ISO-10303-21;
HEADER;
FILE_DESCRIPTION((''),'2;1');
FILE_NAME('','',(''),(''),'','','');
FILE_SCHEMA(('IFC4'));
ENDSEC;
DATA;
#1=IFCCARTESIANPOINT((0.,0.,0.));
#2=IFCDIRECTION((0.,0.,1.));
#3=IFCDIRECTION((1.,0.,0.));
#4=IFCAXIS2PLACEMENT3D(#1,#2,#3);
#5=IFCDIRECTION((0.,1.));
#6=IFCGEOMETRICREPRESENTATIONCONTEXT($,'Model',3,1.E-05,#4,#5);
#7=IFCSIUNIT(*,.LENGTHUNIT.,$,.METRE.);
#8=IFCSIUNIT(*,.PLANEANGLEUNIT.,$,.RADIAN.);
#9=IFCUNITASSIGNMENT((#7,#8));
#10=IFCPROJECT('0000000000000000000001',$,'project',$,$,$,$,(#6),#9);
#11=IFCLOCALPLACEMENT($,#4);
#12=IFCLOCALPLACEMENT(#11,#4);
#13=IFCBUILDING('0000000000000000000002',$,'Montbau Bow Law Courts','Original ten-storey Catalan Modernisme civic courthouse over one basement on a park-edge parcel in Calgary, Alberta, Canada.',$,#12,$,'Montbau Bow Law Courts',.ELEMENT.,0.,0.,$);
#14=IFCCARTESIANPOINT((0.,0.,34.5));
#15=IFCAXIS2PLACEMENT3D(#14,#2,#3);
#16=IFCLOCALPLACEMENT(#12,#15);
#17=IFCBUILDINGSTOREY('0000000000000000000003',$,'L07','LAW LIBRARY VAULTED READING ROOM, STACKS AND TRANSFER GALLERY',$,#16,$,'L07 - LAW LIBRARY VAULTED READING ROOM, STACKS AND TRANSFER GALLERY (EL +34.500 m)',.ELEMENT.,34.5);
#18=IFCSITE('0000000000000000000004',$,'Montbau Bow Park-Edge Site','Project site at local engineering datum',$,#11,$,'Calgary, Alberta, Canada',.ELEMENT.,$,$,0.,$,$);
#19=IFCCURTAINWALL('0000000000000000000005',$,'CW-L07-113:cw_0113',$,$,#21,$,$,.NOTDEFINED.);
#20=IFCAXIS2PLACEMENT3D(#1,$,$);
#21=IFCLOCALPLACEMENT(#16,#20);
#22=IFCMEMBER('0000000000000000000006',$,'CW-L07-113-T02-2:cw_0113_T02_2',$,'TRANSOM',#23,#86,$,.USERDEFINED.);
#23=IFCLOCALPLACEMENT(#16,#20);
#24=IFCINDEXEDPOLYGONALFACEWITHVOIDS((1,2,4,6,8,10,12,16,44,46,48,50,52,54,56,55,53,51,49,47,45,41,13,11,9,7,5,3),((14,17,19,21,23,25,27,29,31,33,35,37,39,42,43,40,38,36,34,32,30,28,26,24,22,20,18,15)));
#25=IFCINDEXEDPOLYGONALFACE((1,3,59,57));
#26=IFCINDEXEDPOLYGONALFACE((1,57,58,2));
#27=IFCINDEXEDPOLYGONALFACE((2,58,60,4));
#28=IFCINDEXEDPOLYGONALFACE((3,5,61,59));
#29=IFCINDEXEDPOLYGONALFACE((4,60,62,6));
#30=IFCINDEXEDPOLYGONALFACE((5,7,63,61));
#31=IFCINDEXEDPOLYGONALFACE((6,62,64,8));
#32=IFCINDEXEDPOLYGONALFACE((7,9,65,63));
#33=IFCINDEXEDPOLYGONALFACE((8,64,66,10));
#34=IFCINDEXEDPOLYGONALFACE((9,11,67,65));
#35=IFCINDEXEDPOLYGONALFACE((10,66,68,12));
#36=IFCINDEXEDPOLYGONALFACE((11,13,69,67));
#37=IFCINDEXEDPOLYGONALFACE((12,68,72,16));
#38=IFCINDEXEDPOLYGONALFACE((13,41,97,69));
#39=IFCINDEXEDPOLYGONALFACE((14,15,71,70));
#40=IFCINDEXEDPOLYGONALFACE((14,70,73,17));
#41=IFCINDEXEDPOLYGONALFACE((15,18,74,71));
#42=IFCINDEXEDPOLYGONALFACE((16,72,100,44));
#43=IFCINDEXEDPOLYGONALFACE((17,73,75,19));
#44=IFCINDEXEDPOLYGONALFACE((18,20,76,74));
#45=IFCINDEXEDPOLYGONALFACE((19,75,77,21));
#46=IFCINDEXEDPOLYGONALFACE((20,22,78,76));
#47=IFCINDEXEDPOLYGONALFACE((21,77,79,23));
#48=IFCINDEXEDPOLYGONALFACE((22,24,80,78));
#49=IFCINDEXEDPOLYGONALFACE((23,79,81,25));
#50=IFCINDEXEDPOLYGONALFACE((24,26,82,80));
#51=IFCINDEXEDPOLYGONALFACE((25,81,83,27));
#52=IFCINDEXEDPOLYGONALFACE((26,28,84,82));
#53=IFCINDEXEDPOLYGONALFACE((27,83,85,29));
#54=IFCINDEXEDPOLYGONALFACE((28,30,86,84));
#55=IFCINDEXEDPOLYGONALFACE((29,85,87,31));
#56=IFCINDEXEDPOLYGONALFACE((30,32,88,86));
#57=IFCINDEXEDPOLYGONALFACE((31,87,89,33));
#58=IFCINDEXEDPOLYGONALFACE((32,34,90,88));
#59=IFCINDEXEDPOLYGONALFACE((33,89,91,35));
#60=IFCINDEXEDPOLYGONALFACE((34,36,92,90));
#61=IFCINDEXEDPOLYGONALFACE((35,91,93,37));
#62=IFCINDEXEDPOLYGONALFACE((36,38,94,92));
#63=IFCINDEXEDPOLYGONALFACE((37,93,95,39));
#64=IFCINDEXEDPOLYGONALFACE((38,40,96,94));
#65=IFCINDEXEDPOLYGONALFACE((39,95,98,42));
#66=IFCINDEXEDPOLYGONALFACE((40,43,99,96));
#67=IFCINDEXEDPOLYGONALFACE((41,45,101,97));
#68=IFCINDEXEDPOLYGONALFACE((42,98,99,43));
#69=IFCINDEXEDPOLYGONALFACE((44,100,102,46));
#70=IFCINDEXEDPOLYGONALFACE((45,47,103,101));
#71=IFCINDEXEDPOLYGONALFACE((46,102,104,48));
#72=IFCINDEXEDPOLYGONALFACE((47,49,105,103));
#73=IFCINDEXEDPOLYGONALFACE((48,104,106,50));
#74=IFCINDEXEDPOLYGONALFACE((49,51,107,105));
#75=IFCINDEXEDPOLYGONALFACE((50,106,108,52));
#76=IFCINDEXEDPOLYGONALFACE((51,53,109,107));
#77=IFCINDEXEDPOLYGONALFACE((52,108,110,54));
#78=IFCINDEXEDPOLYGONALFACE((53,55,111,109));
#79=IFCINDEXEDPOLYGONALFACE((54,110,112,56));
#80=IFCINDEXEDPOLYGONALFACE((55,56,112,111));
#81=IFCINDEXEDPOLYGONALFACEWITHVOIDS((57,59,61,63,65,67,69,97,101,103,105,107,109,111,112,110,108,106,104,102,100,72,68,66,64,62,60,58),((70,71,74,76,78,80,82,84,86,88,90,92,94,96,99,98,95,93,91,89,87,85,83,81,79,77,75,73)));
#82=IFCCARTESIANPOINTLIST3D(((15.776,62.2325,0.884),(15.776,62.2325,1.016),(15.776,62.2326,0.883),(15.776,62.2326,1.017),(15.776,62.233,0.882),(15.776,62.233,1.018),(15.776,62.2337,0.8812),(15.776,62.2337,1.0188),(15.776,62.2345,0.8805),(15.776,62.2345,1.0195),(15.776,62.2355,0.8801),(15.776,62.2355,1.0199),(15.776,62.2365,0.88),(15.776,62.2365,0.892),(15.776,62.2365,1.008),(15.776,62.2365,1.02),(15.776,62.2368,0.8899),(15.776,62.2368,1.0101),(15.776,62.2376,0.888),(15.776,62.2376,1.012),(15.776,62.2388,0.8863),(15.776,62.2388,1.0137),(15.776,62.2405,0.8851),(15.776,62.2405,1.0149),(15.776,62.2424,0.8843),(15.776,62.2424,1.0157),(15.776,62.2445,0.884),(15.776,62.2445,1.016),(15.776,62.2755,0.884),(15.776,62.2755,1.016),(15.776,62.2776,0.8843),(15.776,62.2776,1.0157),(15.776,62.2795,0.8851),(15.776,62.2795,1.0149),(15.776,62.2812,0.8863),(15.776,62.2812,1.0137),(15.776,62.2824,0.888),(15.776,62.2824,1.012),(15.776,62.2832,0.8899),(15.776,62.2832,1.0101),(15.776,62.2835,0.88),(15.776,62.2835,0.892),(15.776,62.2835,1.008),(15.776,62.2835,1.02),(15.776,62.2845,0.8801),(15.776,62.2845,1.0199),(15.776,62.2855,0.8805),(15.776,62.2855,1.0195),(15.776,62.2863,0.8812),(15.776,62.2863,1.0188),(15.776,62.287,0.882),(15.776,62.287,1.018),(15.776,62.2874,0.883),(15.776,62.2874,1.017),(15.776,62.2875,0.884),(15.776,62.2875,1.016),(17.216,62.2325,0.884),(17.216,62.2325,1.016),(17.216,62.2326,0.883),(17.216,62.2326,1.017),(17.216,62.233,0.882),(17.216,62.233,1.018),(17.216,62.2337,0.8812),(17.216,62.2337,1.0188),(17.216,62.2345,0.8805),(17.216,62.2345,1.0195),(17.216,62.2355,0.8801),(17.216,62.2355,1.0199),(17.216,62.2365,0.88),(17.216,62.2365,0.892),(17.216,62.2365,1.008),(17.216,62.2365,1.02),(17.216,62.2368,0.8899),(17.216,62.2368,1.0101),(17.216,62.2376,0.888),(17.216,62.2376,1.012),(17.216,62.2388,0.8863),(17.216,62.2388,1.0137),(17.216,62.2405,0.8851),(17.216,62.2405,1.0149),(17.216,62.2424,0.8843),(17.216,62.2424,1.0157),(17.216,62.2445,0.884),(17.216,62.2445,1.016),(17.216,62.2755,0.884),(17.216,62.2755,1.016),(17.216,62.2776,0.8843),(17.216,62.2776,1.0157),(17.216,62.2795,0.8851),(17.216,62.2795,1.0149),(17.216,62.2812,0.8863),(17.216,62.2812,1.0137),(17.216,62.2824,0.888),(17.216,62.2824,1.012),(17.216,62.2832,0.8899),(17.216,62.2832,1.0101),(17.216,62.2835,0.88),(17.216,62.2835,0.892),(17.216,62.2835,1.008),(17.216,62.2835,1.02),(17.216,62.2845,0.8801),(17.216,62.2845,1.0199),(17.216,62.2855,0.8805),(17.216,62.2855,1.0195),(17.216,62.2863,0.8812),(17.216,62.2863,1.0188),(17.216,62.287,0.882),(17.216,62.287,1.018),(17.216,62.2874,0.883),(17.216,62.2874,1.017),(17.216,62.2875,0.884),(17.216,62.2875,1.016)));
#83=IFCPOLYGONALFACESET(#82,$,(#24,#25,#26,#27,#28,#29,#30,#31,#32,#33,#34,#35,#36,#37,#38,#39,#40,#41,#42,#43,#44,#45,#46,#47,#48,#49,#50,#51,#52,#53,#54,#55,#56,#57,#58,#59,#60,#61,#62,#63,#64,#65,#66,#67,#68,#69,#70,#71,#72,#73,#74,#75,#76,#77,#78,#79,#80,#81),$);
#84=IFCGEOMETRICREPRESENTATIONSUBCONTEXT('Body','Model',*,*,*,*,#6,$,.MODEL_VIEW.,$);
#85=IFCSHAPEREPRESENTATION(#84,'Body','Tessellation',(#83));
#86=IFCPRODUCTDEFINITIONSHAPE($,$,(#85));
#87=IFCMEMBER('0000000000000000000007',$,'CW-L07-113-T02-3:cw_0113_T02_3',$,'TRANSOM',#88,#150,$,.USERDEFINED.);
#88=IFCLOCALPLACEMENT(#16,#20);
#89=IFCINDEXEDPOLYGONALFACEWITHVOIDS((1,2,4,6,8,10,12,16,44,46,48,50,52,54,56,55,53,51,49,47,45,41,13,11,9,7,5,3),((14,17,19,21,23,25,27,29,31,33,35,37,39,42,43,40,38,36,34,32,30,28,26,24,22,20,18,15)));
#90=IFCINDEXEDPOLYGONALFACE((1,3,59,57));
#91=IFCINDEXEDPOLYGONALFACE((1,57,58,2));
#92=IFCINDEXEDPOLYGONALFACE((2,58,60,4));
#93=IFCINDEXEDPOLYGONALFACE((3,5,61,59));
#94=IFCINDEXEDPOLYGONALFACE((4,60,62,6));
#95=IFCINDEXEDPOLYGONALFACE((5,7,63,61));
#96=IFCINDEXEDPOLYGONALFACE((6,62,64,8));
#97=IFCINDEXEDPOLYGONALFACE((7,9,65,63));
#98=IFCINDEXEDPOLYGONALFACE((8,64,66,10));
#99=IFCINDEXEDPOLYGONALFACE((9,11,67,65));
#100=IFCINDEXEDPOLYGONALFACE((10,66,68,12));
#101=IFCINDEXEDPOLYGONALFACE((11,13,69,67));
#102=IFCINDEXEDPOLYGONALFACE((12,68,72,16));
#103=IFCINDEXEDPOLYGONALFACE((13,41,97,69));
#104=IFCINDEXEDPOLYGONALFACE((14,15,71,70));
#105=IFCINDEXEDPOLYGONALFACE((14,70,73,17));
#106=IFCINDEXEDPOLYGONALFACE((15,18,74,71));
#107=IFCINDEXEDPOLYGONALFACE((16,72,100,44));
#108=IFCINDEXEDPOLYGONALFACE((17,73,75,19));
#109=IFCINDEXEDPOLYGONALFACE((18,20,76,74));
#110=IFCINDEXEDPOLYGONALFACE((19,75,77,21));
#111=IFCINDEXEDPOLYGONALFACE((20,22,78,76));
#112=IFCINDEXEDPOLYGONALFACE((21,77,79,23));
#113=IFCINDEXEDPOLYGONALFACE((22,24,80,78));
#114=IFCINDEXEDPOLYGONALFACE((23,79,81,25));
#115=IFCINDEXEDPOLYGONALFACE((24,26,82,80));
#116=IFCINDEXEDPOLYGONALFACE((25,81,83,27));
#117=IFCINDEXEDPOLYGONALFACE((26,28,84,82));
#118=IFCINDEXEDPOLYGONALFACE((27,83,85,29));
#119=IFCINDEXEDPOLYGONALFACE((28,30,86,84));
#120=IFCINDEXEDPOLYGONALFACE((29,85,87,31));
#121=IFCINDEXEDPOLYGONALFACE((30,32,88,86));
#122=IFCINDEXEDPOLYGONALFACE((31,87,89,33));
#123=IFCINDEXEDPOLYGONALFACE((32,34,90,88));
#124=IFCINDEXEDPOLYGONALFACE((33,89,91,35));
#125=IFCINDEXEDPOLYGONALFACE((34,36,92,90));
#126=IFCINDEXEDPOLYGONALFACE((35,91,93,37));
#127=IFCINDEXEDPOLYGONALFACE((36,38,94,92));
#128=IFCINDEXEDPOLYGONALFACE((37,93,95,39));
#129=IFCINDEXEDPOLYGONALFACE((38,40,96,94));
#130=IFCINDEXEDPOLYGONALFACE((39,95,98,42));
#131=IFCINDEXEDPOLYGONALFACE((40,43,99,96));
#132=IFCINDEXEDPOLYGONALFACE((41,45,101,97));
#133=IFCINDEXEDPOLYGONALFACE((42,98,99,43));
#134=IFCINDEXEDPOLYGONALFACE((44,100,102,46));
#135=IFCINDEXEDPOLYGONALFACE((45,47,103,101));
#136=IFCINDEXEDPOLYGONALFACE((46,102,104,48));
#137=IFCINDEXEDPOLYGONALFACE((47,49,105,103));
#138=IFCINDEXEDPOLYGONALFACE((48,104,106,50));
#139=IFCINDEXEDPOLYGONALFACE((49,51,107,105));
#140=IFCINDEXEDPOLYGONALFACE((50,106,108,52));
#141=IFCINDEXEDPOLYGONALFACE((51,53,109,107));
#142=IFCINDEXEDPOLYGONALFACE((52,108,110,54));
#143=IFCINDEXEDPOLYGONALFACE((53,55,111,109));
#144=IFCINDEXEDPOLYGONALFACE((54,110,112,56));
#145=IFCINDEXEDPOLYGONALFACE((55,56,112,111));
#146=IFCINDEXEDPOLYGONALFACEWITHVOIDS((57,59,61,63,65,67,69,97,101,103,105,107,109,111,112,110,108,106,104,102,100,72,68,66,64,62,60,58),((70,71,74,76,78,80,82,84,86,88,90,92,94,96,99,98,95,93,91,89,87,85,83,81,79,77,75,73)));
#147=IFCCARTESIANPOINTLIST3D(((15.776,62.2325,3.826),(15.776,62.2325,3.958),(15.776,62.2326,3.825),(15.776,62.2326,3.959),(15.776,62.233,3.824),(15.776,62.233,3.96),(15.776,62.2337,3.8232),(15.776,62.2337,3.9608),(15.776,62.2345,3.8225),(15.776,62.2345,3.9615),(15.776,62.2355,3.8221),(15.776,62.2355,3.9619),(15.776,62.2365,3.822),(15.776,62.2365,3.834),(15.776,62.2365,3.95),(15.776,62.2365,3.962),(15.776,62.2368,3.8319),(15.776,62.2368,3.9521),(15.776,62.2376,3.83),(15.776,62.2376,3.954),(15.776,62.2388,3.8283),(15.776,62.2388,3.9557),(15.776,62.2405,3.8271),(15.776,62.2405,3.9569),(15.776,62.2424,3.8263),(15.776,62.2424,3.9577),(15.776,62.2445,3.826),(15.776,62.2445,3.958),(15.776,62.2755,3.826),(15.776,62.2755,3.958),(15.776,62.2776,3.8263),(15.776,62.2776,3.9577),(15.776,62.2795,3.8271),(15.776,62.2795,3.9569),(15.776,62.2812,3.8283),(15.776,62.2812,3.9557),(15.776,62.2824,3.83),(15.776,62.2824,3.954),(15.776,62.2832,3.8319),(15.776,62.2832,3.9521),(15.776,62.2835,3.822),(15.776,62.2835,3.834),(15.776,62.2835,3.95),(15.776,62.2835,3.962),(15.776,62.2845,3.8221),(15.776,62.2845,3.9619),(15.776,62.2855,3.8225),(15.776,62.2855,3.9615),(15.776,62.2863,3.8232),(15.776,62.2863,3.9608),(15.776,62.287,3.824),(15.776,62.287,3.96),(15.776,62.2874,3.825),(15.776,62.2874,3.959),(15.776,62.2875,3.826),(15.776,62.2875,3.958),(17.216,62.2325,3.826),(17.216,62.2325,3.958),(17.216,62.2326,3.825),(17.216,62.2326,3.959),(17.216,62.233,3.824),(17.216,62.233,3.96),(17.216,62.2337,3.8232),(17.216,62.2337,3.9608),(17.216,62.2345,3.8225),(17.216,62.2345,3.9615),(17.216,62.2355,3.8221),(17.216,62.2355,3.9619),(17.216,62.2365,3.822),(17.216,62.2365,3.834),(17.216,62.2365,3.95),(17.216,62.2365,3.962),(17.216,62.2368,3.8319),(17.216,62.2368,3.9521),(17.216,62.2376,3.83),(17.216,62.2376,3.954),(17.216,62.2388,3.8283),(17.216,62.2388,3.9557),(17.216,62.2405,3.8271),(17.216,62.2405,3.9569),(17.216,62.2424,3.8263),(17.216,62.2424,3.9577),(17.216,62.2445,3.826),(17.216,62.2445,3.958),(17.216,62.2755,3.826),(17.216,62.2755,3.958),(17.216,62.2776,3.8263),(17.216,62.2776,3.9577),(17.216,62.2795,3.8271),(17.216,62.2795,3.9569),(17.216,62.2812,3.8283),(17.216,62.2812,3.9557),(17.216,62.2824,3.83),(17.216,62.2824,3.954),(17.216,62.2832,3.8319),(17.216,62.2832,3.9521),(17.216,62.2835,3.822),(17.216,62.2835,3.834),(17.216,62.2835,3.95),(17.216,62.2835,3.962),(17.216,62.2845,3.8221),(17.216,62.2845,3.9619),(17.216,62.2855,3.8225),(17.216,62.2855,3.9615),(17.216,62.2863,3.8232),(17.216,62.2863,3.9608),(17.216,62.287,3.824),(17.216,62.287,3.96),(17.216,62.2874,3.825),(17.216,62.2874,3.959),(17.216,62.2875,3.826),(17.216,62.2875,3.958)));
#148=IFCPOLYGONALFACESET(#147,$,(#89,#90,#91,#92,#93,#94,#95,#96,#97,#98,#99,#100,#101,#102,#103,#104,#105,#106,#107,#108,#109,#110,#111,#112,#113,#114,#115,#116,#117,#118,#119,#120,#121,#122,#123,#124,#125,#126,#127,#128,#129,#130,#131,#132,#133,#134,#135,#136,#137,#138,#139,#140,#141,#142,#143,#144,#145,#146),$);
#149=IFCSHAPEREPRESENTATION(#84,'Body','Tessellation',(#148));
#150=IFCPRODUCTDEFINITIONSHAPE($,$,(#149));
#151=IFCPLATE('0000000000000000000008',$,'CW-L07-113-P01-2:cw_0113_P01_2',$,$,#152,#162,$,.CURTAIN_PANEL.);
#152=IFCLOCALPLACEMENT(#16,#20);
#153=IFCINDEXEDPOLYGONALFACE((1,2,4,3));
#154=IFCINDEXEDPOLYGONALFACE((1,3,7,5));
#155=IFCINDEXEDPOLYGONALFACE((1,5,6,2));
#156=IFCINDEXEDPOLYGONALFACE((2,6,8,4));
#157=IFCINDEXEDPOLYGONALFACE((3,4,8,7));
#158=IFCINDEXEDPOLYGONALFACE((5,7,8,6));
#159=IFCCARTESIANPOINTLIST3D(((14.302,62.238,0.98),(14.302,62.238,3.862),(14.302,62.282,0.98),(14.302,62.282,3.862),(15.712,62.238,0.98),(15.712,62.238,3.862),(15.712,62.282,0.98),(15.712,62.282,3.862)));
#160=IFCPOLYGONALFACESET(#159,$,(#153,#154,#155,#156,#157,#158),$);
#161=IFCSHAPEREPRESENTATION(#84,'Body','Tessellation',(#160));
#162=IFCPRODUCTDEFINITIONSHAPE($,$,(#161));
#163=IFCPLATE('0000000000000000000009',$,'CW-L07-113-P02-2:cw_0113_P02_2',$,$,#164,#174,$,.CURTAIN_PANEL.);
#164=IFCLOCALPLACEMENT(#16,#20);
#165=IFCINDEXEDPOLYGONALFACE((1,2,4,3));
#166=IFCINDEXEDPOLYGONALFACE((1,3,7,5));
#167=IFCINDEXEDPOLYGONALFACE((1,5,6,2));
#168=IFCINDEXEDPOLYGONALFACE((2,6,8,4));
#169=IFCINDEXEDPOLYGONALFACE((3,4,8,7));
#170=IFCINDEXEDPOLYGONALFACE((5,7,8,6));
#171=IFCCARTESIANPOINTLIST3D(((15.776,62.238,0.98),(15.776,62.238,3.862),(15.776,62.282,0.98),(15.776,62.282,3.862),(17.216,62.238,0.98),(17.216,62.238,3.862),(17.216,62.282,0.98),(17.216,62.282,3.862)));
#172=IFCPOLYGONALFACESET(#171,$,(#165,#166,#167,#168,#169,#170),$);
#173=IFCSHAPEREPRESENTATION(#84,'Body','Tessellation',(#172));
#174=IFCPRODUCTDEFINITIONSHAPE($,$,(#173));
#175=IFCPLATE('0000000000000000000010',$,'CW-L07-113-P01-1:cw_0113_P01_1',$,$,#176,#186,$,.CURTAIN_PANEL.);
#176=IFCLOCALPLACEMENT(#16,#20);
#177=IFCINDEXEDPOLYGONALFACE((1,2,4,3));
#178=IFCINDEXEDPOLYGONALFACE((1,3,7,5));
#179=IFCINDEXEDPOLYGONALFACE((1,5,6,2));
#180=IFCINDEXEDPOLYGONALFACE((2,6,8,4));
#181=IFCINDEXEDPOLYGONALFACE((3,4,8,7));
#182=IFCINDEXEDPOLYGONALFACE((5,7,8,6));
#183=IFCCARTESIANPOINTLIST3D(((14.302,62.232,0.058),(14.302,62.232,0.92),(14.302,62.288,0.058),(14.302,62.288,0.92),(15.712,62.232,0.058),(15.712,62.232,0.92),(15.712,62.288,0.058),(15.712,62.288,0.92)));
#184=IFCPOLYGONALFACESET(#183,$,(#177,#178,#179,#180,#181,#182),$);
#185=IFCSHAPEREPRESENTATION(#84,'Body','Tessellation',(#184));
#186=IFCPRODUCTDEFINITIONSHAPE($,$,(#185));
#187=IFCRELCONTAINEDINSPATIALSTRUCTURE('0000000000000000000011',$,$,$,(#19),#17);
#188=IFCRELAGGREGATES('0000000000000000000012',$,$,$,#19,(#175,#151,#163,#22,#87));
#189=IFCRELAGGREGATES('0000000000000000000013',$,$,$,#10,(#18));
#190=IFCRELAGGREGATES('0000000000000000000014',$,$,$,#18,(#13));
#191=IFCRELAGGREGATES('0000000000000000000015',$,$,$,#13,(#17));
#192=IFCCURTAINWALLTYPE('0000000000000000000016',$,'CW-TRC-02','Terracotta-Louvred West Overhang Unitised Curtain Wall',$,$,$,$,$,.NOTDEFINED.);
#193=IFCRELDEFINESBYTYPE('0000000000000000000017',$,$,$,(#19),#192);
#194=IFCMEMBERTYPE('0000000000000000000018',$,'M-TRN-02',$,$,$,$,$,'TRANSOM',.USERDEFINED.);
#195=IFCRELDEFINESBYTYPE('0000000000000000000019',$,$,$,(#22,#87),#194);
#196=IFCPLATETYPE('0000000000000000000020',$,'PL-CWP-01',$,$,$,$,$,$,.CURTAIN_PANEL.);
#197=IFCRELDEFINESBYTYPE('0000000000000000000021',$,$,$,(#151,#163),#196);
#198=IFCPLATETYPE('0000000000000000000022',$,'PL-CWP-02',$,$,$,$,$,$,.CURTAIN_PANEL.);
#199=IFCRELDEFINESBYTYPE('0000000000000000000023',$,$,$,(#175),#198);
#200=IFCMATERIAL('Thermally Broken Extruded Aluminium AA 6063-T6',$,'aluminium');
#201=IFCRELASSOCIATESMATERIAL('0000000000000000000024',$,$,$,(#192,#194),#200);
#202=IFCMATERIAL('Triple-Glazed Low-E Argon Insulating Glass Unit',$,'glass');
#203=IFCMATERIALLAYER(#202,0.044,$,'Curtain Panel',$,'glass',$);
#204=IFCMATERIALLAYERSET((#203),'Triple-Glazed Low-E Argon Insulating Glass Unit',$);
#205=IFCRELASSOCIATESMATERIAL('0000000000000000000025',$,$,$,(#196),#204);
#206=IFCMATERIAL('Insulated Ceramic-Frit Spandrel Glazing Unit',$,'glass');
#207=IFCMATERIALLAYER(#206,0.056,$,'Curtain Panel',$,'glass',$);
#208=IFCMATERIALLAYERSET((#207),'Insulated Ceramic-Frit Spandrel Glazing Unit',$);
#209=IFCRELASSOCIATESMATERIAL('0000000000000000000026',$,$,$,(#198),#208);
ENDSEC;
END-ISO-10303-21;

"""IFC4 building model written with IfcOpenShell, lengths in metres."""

from ifc_helpers import new_model, si_unit, direction, frame, frame_2d, origin_with_axes, origin_2d_with_axis, place, context, subcontext, project, spatial, rectangle, hollow_rectangle, extrude, material, layer, layer_set, material_profile, profile_set, type_object, element, aggregate, save


model = new_model("IFC4")

# Units and contexts
model_context = context("Model", 3, precision=1e-05, world=origin_with_axes(), true_north=direction((0.0, 1.0)))
body_context = subcontext(model_context, "Body", "Model", "MODEL_VIEW")
ifc_project = project(units=[si_unit("LENGTHUNIT", "METRE"), si_unit("PLANEANGLEUNIT", "RADIAN")], contexts=[model_context])

# Site, building, storey
site_placement = place(None, origin_with_axes())
site = spatial("IfcSite", under=ifc_project, at=site_placement, Name="Montbau Bow Park-Edge Site", Description="Project site at local engineering datum", LongName="Calgary, Alberta, Canada", CompositionType="ELEMENT", RefElevation=0.0)
building_placement = place(site_placement, origin_with_axes())
building = spatial("IfcBuilding", under=site, at=building_placement, Name="Montbau Bow Law Courts", Description="Original ten-storey Catalan Modernisme civic courthouse over one basement on a park-edge parcel in Calgary, Alberta, Canada.", LongName="Montbau Bow Law Courts", CompositionType="ELEMENT", ElevationOfRefHeight=0.0, ElevationOfTerrain=0.0)
storey_placement = place(building_placement, frame((0.0, 0.0, 34.5), z_axis=(0.0, 0.0, 1.0), x_axis=(1.0, 0.0, 0.0)))
storey = spatial("IfcBuildingStorey", under=building, at=storey_placement, Name="L07", Description="LAW LIBRARY VAULTED READING ROOM, STACKS AND TRANSFER GALLERY", LongName="L07 - LAW LIBRARY VAULTED READING ROOM, STACKS AND TRANSFER GALLERY (EL +34.500 m)", CompositionType="ELEMENT", Elevation=34.5)

# Shared definitions
ifc_material_1 = material(Name="Thermally Broken Extruded Aluminium AA 6063-T6", Category="aluminium")
curtain_wall_type = type_object("IfcCurtainWallType", Name="CW-TRC-02", Description="Terracotta-Louvred West Overhang Unitised Curtain Wall", PredefinedType="NOTDEFINED", material=ifc_material_1)

# Curtain wall
curtain_wall_1_placement = place(None, frame((14.24, 62.26, 34.5), z_axis=(0.0, 0.0, 1.0), x_axis=(1.0, 0.0, 0.0)))
curtain_wall_1 = element("IfcCurtainWall", 1, at=curtain_wall_1_placement, inside=storey, type_object=curtain_wall_type, Name="CW-L07-113:cw_0113", PredefinedType="NOTDEFINED")

# Members
ifc_material_profile_1 = material_profile(ifc_material_1, hollow_rectangle(XDim=0.055, YDim=0.14, WallThickness=0.004, InnerFilletRadius=0.008, OuterFilletRadius=0.004, at=origin_2d_with_axis()), Name="CWT-140X55", Category="Main", Priority=0)
ifc_profile_set_1 = profile_set([ifc_material_profile_1], Name="Thermally Broken Extruded Aluminium AA 6063-T6")
member_type_1 = type_object("IfcMemberType", Name="M-TRN-02", ElementType="TRANSOM", PredefinedType="USERDEFINED", material=ifc_profile_set_1)
member_1_placement = place(None, frame((15.776, 62.26, 35.45), z_axis=(1.0, 0.0, 0.0), x_axis=(0.0, 1.0, 0.0)))
member_1 = element("IfcMember", 2, at=member_1_placement, type_object=member_type_1, Name="CW-L07-113-T02-2:cw_0113_T02_2", ObjectType="TRANSOM", PredefinedType="USERDEFINED", context=body_context, shape_type="SweptSolid", body=[
    extrude(hollow_rectangle(XDim=0.055, YDim=0.14, WallThickness=0.004, InnerFilletRadius=0.008, OuterFilletRadius=0.004, at=origin_2d_with_axis()), origin_with_axes(), (0.0, 0.0, 1.0), 1.44),
])
member_2_placement = place(None, frame((15.776, 62.26, 38.392), z_axis=(1.0, 0.0, 0.0), x_axis=(0.0, 1.0, 0.0)))
member_2 = element("IfcMember", 3, at=member_2_placement, type_object=member_type_1, Name="CW-L07-113-T02-3:cw_0113_T02_3", ObjectType="TRANSOM", PredefinedType="USERDEFINED", context=body_context, shape_type="SweptSolid", body=[
    extrude(hollow_rectangle(XDim=0.055, YDim=0.14, WallThickness=0.004, InnerFilletRadius=0.008, OuterFilletRadius=0.004, at=origin_2d_with_axis()), origin_with_axes(), (0.0, 0.0, 1.0), 1.44),
])

# Plates
ifc_material_2 = material(Name="Triple-Glazed Low-E Argon Insulating Glass Unit", Category="glass")
ifc_layer_1 = layer(ifc_material_2, 0.044, Name="Curtain Panel", Category="glass")
ifc_layer_set_1 = layer_set([ifc_layer_1], Name="Triple-Glazed Low-E Argon Insulating Glass Unit")
plate_type_1 = type_object("IfcPlateType", Name="PL-CWP-01", PredefinedType="CURTAIN_PANEL", material=ifc_layer_set_1)
plate_1_placement = place(None, frame((14.302, 62.26, 35.48), z_axis=(0.0, -1.0, 0.0), x_axis=(1.0, 0.0, 0.0)))
plate_1 = element("IfcPlate", 4, at=plate_1_placement, type_object=plate_type_1, Name="CW-L07-113-P01-2:cw_0113_P01_2", PredefinedType="CURTAIN_PANEL", context=body_context, shape_type="SweptSolid", body=[
    extrude(rectangle(XDim=1.41, YDim=2.882, at=frame_2d((0.705, 1.441), x_axis=(1.0, 0.0))), frame((0.0, 0.0, -0.022), z_axis=(0.0, 0.0, 1.0), x_axis=(1.0, 0.0, 0.0)), (0.0, 0.0, 1.0), 0.044),
])
plate_2_placement = place(None, frame((15.776, 62.26, 35.48), z_axis=(0.0, -1.0, 0.0), x_axis=(1.0, 0.0, 0.0)))
plate_2 = element("IfcPlate", 5, at=plate_2_placement, type_object=plate_type_1, Name="CW-L07-113-P02-2:cw_0113_P02_2", PredefinedType="CURTAIN_PANEL", context=body_context, shape_type="SweptSolid", body=[
    extrude(rectangle(XDim=1.44, YDim=2.882, at=frame_2d((0.72, 1.441), x_axis=(1.0, 0.0))), frame((0.0, 0.0, -0.022), z_axis=(0.0, 0.0, 1.0), x_axis=(1.0, 0.0, 0.0)), (0.0, 0.0, 1.0), 0.044),
])
ifc_material_3 = material(Name="Insulated Ceramic-Frit Spandrel Glazing Unit", Category="glass")
ifc_layer_2 = layer(ifc_material_3, 0.056, Name="Curtain Panel", Category="glass")
ifc_layer_set_2 = layer_set([ifc_layer_2], Name="Insulated Ceramic-Frit Spandrel Glazing Unit")
plate_type_2 = type_object("IfcPlateType", Name="PL-CWP-02", PredefinedType="CURTAIN_PANEL", material=ifc_layer_set_2)
plate_3_placement = place(None, frame((14.302, 62.26, 34.558), z_axis=(0.0, -1.0, 0.0), x_axis=(1.0, 0.0, 0.0)))
plate_3 = element("IfcPlate", 6, at=plate_3_placement, type_object=plate_type_2, Name="CW-L07-113-P01-1:cw_0113_P01_1", PredefinedType="CURTAIN_PANEL", context=body_context, shape_type="SweptSolid", body=[
    extrude(rectangle(XDim=1.41, YDim=0.862, at=frame_2d((0.705, 0.431), x_axis=(1.0, 0.0))), frame((0.0, 0.0, -0.028), z_axis=(0.0, 0.0, 1.0), x_axis=(1.0, 0.0, 0.0)), (0.0, 0.0, 1.0), 0.056),
])
aggregate(curtain_wall_1, [plate_3, plate_1, plate_2, member_1, member_2])

save(model, "model.ifc")
